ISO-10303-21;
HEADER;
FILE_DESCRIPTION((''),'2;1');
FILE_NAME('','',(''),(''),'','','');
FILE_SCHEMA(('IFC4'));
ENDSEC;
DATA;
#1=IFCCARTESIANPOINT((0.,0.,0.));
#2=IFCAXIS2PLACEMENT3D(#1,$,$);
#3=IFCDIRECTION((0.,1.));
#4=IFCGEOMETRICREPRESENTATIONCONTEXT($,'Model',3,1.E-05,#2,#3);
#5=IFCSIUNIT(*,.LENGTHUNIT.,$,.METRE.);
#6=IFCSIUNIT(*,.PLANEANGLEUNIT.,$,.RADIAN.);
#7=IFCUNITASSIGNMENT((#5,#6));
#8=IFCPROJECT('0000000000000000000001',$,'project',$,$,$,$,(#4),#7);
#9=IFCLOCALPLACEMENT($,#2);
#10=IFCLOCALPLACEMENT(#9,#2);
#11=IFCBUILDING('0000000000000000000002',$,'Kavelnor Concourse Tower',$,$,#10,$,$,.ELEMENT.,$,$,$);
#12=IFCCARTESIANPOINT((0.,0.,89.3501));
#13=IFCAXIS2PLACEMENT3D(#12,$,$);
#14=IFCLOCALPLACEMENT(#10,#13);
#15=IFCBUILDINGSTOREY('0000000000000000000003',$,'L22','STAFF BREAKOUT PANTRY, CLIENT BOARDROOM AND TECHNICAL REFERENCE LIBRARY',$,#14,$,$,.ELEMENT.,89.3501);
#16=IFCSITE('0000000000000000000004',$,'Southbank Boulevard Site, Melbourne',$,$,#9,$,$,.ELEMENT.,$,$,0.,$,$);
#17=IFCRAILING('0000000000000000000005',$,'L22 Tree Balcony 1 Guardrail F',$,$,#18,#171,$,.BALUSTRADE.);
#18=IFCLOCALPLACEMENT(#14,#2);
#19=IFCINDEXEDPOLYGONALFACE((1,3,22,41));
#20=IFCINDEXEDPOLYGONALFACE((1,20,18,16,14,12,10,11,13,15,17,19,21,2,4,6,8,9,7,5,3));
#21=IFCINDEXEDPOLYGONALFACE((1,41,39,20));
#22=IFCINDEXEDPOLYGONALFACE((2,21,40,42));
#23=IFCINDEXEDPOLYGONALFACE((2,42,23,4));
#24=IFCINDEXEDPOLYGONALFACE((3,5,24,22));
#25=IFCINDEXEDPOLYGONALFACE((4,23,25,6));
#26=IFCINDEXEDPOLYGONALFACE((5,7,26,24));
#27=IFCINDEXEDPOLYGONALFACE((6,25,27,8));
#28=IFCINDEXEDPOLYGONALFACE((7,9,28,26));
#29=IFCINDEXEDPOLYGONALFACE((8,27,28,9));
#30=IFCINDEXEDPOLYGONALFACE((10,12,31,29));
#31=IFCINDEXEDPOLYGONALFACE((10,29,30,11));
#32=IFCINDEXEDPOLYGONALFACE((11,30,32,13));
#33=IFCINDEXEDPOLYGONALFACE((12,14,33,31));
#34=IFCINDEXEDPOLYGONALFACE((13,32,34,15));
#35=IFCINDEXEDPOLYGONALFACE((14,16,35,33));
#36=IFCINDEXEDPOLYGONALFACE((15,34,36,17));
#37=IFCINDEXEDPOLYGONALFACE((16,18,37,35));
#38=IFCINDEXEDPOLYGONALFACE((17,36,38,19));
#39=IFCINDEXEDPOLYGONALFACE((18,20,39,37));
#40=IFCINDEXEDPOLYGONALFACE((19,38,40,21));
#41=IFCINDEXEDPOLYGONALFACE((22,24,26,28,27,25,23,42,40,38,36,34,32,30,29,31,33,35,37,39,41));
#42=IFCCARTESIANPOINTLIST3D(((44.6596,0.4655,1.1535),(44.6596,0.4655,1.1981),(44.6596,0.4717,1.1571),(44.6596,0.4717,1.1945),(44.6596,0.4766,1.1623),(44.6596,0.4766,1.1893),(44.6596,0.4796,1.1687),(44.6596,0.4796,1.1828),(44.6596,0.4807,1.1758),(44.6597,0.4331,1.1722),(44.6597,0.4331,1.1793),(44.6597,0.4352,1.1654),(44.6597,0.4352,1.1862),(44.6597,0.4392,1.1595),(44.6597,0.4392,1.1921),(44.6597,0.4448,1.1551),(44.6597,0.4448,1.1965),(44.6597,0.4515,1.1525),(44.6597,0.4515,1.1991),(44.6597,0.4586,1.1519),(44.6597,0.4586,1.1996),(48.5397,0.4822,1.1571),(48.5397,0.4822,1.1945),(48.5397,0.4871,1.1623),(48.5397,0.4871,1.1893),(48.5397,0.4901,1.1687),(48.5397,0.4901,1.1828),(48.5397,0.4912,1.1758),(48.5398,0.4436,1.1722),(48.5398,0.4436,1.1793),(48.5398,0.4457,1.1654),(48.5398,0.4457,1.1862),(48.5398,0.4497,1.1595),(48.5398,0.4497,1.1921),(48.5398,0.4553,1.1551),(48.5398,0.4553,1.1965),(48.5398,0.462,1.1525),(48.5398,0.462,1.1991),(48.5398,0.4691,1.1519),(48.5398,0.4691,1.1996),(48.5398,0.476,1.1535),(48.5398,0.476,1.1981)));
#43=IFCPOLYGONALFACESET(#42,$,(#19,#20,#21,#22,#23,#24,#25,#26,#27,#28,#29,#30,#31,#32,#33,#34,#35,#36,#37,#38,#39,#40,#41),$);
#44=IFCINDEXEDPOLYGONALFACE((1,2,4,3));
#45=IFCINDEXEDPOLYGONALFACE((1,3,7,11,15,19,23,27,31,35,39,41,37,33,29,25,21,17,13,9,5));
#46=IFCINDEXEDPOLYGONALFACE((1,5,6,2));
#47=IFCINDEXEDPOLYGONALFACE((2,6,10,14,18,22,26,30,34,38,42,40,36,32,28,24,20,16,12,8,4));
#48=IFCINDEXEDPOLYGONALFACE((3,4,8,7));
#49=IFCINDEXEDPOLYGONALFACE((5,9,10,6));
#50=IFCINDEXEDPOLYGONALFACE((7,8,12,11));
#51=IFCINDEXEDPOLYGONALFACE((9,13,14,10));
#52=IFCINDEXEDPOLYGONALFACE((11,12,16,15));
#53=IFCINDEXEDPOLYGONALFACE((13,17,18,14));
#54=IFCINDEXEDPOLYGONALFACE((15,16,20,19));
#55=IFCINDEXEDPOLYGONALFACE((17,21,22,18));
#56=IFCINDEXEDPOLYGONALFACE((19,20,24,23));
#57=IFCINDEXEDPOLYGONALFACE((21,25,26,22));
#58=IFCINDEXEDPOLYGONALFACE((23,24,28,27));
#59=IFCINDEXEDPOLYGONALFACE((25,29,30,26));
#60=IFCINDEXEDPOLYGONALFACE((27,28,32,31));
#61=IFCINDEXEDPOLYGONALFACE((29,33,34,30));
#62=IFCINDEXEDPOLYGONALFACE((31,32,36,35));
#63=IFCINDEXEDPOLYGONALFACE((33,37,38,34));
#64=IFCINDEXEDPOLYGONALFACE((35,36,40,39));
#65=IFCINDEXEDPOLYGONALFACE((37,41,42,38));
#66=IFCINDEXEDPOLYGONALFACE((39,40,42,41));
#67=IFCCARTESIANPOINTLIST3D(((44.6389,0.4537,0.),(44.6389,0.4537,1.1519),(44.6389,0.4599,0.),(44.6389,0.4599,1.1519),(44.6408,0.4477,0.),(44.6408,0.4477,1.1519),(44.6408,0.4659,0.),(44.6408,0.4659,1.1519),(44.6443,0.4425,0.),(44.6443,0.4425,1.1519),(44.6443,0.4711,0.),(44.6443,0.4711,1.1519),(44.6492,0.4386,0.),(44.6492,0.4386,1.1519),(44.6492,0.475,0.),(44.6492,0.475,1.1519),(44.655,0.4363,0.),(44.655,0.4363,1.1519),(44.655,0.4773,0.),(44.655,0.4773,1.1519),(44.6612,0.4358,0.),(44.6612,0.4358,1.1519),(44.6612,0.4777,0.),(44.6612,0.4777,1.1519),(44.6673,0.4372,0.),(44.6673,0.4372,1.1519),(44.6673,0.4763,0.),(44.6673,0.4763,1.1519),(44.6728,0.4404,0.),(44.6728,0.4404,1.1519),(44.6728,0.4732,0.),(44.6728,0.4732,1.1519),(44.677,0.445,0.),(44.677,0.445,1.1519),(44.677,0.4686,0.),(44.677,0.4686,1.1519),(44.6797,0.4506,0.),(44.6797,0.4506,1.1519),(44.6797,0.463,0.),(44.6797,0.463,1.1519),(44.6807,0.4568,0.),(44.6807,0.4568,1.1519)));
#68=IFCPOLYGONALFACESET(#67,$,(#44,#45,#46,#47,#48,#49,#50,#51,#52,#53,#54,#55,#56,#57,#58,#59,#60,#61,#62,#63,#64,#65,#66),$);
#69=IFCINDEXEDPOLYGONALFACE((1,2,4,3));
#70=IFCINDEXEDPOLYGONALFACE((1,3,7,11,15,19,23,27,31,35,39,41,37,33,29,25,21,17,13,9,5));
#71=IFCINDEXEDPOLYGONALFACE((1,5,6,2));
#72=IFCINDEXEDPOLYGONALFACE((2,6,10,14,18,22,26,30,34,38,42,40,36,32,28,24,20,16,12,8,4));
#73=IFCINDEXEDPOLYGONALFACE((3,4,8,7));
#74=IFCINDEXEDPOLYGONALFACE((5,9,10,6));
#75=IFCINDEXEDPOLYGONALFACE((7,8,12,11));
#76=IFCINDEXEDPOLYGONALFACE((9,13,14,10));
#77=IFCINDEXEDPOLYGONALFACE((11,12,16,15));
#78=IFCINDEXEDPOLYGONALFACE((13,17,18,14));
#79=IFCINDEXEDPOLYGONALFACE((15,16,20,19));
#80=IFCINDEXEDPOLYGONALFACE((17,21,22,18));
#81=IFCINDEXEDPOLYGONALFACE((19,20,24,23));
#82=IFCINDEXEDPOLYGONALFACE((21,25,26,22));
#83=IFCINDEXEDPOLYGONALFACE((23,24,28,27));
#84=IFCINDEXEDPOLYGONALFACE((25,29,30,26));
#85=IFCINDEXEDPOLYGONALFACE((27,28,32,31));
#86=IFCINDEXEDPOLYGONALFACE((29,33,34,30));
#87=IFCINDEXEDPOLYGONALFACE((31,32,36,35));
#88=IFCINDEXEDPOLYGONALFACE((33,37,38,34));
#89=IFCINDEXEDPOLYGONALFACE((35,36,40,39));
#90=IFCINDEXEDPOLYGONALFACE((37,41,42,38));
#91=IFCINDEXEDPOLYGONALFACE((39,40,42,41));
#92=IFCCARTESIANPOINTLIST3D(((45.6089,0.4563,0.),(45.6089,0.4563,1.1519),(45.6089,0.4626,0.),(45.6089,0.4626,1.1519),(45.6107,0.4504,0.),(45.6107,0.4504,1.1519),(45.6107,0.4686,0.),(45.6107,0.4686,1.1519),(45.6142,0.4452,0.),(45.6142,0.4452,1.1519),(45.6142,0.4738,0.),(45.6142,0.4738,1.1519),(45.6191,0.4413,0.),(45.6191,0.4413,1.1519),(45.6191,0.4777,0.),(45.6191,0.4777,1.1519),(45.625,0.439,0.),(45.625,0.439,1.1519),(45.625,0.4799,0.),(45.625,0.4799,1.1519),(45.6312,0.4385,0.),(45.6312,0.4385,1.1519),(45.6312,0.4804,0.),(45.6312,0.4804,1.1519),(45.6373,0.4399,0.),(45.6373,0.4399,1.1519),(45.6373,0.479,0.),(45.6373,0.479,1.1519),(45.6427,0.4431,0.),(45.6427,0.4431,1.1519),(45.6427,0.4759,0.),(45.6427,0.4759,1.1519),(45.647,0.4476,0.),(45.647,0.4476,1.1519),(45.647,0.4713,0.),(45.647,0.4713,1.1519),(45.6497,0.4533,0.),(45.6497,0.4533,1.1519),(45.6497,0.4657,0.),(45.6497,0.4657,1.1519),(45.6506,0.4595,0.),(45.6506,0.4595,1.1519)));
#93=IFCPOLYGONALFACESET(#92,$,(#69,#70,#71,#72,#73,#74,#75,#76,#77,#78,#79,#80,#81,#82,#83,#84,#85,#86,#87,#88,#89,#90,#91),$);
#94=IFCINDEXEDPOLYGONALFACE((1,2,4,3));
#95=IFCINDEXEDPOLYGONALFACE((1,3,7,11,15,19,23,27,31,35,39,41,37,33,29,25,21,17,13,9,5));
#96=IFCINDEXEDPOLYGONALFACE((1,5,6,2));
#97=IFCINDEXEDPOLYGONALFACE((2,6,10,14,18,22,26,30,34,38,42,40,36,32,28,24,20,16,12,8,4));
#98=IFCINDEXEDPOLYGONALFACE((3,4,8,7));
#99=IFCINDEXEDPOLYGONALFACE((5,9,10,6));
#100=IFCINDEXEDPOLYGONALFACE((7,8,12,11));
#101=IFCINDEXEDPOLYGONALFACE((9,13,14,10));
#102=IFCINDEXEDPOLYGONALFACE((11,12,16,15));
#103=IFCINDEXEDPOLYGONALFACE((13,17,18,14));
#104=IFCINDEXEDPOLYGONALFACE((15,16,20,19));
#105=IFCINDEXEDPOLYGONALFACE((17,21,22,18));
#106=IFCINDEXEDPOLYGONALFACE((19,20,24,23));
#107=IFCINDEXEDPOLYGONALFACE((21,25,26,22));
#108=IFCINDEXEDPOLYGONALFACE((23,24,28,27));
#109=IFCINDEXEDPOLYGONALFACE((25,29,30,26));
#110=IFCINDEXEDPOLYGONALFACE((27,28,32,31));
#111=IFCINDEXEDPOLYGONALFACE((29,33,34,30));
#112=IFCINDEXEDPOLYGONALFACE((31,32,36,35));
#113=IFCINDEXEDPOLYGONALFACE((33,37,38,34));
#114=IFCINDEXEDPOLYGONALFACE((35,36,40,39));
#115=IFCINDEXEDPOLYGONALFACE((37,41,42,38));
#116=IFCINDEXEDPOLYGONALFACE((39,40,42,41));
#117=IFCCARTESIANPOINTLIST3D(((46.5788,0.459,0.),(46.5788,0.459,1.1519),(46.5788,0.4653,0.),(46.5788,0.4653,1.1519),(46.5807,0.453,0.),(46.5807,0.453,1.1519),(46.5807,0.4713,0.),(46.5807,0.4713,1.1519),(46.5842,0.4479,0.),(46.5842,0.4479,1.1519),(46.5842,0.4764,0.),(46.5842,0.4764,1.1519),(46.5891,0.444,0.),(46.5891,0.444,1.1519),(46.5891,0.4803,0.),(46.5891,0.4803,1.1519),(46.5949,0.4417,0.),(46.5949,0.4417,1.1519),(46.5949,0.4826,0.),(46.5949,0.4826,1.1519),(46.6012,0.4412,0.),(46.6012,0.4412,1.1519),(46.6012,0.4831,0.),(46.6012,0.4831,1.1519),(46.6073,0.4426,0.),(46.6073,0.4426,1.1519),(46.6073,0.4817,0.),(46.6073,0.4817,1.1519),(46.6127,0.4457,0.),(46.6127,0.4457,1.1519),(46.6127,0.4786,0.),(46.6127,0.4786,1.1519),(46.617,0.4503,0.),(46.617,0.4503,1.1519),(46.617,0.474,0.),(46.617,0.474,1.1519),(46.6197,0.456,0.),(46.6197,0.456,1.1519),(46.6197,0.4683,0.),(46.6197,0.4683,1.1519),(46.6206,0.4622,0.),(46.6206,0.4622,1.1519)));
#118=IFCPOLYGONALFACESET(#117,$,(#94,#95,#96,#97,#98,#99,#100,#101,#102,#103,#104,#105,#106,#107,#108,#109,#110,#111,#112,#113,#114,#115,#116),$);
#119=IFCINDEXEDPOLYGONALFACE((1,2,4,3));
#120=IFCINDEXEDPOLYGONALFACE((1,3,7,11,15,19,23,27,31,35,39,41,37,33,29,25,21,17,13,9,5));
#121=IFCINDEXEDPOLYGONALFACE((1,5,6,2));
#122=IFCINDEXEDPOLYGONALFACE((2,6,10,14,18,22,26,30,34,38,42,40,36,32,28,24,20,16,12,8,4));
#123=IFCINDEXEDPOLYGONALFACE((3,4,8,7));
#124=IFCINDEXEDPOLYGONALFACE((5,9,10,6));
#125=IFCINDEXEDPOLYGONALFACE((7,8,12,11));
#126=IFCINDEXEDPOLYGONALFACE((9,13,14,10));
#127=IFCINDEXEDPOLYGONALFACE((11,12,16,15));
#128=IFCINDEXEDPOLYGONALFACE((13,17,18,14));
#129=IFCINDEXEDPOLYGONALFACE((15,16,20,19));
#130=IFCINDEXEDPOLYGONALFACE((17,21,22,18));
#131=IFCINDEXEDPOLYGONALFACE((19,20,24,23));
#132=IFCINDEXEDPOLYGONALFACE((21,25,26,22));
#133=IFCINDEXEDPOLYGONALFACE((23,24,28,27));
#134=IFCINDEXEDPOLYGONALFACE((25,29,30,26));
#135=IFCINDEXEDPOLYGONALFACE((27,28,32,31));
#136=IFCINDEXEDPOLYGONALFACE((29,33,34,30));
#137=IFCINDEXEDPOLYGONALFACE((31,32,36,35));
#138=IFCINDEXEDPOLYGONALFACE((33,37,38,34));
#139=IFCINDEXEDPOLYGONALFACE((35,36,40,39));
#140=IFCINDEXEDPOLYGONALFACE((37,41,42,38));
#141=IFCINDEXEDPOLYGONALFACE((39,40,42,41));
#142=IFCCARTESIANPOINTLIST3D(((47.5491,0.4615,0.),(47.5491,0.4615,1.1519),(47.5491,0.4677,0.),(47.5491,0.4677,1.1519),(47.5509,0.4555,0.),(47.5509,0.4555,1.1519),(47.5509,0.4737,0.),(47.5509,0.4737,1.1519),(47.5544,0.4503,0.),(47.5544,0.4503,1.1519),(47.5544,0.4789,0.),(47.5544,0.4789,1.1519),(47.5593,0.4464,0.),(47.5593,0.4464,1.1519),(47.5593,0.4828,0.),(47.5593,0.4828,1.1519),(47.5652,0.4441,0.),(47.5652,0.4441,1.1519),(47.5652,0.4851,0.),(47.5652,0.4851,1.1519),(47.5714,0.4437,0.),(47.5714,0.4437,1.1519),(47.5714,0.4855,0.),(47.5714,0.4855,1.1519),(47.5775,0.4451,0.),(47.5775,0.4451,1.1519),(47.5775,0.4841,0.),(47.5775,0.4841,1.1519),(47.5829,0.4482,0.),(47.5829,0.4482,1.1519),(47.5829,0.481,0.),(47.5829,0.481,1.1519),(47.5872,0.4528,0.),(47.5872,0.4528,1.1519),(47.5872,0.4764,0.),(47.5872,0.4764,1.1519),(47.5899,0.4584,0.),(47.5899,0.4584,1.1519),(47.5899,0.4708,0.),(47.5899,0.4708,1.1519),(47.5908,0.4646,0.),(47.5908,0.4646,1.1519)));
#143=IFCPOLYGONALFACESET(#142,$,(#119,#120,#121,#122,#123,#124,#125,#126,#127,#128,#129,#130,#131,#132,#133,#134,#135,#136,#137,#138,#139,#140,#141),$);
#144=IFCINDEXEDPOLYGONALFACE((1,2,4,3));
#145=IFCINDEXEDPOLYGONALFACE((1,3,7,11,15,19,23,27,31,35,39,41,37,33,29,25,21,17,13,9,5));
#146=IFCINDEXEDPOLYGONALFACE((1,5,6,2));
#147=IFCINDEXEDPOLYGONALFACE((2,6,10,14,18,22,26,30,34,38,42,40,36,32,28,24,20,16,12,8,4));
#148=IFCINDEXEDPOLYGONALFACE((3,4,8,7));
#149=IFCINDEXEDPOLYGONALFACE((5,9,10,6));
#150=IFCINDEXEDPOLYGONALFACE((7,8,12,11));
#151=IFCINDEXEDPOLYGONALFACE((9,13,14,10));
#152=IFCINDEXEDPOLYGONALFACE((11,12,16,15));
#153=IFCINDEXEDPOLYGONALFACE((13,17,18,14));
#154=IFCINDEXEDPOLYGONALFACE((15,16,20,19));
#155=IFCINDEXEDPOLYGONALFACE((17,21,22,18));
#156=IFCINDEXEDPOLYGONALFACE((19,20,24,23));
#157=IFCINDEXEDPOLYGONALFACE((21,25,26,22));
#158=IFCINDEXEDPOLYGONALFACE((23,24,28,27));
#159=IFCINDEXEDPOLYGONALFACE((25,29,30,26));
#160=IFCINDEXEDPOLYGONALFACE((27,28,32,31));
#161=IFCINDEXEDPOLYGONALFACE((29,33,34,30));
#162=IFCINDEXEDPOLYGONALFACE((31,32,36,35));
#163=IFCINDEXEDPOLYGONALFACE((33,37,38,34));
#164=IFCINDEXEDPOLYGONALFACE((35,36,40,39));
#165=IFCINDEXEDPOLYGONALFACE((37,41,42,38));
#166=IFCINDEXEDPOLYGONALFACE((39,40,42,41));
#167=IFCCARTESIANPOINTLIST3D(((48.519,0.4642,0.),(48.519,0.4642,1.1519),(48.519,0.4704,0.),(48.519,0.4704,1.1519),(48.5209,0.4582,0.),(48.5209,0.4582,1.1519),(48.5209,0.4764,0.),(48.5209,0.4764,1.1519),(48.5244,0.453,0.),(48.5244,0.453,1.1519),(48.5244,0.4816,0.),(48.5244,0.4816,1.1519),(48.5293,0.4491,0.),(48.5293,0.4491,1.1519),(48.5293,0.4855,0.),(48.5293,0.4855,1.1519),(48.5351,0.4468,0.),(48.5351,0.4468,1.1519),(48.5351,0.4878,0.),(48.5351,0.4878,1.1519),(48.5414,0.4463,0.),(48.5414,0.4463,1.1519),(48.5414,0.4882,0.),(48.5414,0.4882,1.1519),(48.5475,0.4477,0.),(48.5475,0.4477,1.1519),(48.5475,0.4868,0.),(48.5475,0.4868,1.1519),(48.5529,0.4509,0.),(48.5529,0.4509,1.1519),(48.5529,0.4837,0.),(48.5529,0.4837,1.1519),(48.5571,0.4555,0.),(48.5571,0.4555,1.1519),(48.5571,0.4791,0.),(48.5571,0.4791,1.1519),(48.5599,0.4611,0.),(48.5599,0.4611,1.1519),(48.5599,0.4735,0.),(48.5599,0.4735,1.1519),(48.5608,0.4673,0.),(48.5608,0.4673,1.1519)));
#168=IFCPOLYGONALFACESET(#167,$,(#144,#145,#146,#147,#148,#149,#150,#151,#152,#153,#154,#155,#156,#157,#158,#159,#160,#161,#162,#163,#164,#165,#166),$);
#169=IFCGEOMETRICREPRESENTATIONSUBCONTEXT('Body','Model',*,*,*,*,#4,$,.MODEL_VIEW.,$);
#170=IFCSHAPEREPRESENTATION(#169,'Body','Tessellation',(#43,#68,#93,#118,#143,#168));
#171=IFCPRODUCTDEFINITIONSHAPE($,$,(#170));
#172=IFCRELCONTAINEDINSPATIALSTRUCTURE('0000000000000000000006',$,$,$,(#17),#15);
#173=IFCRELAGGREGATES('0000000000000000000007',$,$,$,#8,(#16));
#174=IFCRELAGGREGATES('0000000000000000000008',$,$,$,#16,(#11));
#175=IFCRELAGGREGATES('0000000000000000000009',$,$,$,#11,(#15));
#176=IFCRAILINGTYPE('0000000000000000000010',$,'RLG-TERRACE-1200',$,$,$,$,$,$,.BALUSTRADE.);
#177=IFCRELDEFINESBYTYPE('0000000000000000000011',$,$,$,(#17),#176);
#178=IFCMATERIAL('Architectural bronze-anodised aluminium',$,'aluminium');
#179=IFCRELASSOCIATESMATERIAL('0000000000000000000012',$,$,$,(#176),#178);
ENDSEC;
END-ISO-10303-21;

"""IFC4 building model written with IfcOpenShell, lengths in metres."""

from ifc_helpers import new_model, si_unit, direction, frame, origin, origin_2d, place, context, subcontext, project, spatial, circle, extrude, material, type_object, element, save


model = new_model("IFC4")

# Units and contexts
model_context = context("Model", 3, precision=1e-05, world=origin(), true_north=direction((0.0, 1.0)))
body_context = subcontext(model_context, "Body", "Model", "MODEL_VIEW")
ifc_project = project(units=[si_unit("LENGTHUNIT", "METRE"), si_unit("PLANEANGLEUNIT", "RADIAN")], contexts=[model_context])

# Site, building, storey
site_placement = place(None, origin())
site = spatial("IfcSite", under=ifc_project, at=site_placement, Name="Southbank Boulevard Site, Melbourne", CompositionType="ELEMENT", RefElevation=0.0)
building_placement = place(site_placement, origin())
building = spatial("IfcBuilding", under=site, at=building_placement, Name="Kavelnor Concourse Tower", CompositionType="ELEMENT")
storey_placement = place(building_placement, frame((0.0, 0.0, 89.3501)))
storey = spatial("IfcBuildingStorey", under=building, at=storey_placement, Name="L22", Description="STAFF BREAKOUT PANTRY, CLIENT BOARDROOM AND TECHNICAL REFERENCE LIBRARY", CompositionType="ELEMENT", Elevation=89.3501)

# Railing
ifc_material_1 = material(Name="Architectural bronze-anodised aluminium", Category="aluminium")
railing_type_1 = type_object("IfcRailingType", Name="RLG-TERRACE-1200", PredefinedType="BALUSTRADE", material=ifc_material_1)
railing_1_placement = place(storey_placement, frame((44.6597, 0.4568, 0.0)))
element("IfcRailing", 1, at=railing_1_placement, inside=storey, type_object=railing_type_1, Name="L22 Tree Balcony 1 Guardrail F", PredefinedType="BALUSTRADE", context=body_context, shape_type="SweptSolid", body=[
    extrude(circle(Radius=0.0239, at=origin_2d()), frame((0.0, 0.0, 1.1758), z_axis=(0.999996, 0.002706, 0.0), x_axis=(-0.002706, 0.999996, 0.0)), (0.0, 0.0, 1.0), 3.8801),
    extrude(circle(Radius=0.021, at=origin_2d()), origin(), (0.0, 0.0, 1.0), 1.1519),
    extrude(circle(Radius=0.021, at=origin_2d()), frame((0.97, 0.0027, 0.0)), (0.0, 0.0, 1.0), 1.1519),
    extrude(circle(Radius=0.021, at=origin_2d()), frame((1.9399, 0.0054, 0.0)), (0.0, 0.0, 1.0), 1.1519),
    extrude(circle(Radius=0.021, at=origin_2d()), frame((2.9102, 0.0078, 0.0)), (0.0, 0.0, 1.0), 1.1519),
    extrude(circle(Radius=0.021, at=origin_2d()), frame((3.8801, 0.0105, 0.0)), (0.0, 0.0, 1.0), 1.1519),
])

save(model, "model.ifc")
